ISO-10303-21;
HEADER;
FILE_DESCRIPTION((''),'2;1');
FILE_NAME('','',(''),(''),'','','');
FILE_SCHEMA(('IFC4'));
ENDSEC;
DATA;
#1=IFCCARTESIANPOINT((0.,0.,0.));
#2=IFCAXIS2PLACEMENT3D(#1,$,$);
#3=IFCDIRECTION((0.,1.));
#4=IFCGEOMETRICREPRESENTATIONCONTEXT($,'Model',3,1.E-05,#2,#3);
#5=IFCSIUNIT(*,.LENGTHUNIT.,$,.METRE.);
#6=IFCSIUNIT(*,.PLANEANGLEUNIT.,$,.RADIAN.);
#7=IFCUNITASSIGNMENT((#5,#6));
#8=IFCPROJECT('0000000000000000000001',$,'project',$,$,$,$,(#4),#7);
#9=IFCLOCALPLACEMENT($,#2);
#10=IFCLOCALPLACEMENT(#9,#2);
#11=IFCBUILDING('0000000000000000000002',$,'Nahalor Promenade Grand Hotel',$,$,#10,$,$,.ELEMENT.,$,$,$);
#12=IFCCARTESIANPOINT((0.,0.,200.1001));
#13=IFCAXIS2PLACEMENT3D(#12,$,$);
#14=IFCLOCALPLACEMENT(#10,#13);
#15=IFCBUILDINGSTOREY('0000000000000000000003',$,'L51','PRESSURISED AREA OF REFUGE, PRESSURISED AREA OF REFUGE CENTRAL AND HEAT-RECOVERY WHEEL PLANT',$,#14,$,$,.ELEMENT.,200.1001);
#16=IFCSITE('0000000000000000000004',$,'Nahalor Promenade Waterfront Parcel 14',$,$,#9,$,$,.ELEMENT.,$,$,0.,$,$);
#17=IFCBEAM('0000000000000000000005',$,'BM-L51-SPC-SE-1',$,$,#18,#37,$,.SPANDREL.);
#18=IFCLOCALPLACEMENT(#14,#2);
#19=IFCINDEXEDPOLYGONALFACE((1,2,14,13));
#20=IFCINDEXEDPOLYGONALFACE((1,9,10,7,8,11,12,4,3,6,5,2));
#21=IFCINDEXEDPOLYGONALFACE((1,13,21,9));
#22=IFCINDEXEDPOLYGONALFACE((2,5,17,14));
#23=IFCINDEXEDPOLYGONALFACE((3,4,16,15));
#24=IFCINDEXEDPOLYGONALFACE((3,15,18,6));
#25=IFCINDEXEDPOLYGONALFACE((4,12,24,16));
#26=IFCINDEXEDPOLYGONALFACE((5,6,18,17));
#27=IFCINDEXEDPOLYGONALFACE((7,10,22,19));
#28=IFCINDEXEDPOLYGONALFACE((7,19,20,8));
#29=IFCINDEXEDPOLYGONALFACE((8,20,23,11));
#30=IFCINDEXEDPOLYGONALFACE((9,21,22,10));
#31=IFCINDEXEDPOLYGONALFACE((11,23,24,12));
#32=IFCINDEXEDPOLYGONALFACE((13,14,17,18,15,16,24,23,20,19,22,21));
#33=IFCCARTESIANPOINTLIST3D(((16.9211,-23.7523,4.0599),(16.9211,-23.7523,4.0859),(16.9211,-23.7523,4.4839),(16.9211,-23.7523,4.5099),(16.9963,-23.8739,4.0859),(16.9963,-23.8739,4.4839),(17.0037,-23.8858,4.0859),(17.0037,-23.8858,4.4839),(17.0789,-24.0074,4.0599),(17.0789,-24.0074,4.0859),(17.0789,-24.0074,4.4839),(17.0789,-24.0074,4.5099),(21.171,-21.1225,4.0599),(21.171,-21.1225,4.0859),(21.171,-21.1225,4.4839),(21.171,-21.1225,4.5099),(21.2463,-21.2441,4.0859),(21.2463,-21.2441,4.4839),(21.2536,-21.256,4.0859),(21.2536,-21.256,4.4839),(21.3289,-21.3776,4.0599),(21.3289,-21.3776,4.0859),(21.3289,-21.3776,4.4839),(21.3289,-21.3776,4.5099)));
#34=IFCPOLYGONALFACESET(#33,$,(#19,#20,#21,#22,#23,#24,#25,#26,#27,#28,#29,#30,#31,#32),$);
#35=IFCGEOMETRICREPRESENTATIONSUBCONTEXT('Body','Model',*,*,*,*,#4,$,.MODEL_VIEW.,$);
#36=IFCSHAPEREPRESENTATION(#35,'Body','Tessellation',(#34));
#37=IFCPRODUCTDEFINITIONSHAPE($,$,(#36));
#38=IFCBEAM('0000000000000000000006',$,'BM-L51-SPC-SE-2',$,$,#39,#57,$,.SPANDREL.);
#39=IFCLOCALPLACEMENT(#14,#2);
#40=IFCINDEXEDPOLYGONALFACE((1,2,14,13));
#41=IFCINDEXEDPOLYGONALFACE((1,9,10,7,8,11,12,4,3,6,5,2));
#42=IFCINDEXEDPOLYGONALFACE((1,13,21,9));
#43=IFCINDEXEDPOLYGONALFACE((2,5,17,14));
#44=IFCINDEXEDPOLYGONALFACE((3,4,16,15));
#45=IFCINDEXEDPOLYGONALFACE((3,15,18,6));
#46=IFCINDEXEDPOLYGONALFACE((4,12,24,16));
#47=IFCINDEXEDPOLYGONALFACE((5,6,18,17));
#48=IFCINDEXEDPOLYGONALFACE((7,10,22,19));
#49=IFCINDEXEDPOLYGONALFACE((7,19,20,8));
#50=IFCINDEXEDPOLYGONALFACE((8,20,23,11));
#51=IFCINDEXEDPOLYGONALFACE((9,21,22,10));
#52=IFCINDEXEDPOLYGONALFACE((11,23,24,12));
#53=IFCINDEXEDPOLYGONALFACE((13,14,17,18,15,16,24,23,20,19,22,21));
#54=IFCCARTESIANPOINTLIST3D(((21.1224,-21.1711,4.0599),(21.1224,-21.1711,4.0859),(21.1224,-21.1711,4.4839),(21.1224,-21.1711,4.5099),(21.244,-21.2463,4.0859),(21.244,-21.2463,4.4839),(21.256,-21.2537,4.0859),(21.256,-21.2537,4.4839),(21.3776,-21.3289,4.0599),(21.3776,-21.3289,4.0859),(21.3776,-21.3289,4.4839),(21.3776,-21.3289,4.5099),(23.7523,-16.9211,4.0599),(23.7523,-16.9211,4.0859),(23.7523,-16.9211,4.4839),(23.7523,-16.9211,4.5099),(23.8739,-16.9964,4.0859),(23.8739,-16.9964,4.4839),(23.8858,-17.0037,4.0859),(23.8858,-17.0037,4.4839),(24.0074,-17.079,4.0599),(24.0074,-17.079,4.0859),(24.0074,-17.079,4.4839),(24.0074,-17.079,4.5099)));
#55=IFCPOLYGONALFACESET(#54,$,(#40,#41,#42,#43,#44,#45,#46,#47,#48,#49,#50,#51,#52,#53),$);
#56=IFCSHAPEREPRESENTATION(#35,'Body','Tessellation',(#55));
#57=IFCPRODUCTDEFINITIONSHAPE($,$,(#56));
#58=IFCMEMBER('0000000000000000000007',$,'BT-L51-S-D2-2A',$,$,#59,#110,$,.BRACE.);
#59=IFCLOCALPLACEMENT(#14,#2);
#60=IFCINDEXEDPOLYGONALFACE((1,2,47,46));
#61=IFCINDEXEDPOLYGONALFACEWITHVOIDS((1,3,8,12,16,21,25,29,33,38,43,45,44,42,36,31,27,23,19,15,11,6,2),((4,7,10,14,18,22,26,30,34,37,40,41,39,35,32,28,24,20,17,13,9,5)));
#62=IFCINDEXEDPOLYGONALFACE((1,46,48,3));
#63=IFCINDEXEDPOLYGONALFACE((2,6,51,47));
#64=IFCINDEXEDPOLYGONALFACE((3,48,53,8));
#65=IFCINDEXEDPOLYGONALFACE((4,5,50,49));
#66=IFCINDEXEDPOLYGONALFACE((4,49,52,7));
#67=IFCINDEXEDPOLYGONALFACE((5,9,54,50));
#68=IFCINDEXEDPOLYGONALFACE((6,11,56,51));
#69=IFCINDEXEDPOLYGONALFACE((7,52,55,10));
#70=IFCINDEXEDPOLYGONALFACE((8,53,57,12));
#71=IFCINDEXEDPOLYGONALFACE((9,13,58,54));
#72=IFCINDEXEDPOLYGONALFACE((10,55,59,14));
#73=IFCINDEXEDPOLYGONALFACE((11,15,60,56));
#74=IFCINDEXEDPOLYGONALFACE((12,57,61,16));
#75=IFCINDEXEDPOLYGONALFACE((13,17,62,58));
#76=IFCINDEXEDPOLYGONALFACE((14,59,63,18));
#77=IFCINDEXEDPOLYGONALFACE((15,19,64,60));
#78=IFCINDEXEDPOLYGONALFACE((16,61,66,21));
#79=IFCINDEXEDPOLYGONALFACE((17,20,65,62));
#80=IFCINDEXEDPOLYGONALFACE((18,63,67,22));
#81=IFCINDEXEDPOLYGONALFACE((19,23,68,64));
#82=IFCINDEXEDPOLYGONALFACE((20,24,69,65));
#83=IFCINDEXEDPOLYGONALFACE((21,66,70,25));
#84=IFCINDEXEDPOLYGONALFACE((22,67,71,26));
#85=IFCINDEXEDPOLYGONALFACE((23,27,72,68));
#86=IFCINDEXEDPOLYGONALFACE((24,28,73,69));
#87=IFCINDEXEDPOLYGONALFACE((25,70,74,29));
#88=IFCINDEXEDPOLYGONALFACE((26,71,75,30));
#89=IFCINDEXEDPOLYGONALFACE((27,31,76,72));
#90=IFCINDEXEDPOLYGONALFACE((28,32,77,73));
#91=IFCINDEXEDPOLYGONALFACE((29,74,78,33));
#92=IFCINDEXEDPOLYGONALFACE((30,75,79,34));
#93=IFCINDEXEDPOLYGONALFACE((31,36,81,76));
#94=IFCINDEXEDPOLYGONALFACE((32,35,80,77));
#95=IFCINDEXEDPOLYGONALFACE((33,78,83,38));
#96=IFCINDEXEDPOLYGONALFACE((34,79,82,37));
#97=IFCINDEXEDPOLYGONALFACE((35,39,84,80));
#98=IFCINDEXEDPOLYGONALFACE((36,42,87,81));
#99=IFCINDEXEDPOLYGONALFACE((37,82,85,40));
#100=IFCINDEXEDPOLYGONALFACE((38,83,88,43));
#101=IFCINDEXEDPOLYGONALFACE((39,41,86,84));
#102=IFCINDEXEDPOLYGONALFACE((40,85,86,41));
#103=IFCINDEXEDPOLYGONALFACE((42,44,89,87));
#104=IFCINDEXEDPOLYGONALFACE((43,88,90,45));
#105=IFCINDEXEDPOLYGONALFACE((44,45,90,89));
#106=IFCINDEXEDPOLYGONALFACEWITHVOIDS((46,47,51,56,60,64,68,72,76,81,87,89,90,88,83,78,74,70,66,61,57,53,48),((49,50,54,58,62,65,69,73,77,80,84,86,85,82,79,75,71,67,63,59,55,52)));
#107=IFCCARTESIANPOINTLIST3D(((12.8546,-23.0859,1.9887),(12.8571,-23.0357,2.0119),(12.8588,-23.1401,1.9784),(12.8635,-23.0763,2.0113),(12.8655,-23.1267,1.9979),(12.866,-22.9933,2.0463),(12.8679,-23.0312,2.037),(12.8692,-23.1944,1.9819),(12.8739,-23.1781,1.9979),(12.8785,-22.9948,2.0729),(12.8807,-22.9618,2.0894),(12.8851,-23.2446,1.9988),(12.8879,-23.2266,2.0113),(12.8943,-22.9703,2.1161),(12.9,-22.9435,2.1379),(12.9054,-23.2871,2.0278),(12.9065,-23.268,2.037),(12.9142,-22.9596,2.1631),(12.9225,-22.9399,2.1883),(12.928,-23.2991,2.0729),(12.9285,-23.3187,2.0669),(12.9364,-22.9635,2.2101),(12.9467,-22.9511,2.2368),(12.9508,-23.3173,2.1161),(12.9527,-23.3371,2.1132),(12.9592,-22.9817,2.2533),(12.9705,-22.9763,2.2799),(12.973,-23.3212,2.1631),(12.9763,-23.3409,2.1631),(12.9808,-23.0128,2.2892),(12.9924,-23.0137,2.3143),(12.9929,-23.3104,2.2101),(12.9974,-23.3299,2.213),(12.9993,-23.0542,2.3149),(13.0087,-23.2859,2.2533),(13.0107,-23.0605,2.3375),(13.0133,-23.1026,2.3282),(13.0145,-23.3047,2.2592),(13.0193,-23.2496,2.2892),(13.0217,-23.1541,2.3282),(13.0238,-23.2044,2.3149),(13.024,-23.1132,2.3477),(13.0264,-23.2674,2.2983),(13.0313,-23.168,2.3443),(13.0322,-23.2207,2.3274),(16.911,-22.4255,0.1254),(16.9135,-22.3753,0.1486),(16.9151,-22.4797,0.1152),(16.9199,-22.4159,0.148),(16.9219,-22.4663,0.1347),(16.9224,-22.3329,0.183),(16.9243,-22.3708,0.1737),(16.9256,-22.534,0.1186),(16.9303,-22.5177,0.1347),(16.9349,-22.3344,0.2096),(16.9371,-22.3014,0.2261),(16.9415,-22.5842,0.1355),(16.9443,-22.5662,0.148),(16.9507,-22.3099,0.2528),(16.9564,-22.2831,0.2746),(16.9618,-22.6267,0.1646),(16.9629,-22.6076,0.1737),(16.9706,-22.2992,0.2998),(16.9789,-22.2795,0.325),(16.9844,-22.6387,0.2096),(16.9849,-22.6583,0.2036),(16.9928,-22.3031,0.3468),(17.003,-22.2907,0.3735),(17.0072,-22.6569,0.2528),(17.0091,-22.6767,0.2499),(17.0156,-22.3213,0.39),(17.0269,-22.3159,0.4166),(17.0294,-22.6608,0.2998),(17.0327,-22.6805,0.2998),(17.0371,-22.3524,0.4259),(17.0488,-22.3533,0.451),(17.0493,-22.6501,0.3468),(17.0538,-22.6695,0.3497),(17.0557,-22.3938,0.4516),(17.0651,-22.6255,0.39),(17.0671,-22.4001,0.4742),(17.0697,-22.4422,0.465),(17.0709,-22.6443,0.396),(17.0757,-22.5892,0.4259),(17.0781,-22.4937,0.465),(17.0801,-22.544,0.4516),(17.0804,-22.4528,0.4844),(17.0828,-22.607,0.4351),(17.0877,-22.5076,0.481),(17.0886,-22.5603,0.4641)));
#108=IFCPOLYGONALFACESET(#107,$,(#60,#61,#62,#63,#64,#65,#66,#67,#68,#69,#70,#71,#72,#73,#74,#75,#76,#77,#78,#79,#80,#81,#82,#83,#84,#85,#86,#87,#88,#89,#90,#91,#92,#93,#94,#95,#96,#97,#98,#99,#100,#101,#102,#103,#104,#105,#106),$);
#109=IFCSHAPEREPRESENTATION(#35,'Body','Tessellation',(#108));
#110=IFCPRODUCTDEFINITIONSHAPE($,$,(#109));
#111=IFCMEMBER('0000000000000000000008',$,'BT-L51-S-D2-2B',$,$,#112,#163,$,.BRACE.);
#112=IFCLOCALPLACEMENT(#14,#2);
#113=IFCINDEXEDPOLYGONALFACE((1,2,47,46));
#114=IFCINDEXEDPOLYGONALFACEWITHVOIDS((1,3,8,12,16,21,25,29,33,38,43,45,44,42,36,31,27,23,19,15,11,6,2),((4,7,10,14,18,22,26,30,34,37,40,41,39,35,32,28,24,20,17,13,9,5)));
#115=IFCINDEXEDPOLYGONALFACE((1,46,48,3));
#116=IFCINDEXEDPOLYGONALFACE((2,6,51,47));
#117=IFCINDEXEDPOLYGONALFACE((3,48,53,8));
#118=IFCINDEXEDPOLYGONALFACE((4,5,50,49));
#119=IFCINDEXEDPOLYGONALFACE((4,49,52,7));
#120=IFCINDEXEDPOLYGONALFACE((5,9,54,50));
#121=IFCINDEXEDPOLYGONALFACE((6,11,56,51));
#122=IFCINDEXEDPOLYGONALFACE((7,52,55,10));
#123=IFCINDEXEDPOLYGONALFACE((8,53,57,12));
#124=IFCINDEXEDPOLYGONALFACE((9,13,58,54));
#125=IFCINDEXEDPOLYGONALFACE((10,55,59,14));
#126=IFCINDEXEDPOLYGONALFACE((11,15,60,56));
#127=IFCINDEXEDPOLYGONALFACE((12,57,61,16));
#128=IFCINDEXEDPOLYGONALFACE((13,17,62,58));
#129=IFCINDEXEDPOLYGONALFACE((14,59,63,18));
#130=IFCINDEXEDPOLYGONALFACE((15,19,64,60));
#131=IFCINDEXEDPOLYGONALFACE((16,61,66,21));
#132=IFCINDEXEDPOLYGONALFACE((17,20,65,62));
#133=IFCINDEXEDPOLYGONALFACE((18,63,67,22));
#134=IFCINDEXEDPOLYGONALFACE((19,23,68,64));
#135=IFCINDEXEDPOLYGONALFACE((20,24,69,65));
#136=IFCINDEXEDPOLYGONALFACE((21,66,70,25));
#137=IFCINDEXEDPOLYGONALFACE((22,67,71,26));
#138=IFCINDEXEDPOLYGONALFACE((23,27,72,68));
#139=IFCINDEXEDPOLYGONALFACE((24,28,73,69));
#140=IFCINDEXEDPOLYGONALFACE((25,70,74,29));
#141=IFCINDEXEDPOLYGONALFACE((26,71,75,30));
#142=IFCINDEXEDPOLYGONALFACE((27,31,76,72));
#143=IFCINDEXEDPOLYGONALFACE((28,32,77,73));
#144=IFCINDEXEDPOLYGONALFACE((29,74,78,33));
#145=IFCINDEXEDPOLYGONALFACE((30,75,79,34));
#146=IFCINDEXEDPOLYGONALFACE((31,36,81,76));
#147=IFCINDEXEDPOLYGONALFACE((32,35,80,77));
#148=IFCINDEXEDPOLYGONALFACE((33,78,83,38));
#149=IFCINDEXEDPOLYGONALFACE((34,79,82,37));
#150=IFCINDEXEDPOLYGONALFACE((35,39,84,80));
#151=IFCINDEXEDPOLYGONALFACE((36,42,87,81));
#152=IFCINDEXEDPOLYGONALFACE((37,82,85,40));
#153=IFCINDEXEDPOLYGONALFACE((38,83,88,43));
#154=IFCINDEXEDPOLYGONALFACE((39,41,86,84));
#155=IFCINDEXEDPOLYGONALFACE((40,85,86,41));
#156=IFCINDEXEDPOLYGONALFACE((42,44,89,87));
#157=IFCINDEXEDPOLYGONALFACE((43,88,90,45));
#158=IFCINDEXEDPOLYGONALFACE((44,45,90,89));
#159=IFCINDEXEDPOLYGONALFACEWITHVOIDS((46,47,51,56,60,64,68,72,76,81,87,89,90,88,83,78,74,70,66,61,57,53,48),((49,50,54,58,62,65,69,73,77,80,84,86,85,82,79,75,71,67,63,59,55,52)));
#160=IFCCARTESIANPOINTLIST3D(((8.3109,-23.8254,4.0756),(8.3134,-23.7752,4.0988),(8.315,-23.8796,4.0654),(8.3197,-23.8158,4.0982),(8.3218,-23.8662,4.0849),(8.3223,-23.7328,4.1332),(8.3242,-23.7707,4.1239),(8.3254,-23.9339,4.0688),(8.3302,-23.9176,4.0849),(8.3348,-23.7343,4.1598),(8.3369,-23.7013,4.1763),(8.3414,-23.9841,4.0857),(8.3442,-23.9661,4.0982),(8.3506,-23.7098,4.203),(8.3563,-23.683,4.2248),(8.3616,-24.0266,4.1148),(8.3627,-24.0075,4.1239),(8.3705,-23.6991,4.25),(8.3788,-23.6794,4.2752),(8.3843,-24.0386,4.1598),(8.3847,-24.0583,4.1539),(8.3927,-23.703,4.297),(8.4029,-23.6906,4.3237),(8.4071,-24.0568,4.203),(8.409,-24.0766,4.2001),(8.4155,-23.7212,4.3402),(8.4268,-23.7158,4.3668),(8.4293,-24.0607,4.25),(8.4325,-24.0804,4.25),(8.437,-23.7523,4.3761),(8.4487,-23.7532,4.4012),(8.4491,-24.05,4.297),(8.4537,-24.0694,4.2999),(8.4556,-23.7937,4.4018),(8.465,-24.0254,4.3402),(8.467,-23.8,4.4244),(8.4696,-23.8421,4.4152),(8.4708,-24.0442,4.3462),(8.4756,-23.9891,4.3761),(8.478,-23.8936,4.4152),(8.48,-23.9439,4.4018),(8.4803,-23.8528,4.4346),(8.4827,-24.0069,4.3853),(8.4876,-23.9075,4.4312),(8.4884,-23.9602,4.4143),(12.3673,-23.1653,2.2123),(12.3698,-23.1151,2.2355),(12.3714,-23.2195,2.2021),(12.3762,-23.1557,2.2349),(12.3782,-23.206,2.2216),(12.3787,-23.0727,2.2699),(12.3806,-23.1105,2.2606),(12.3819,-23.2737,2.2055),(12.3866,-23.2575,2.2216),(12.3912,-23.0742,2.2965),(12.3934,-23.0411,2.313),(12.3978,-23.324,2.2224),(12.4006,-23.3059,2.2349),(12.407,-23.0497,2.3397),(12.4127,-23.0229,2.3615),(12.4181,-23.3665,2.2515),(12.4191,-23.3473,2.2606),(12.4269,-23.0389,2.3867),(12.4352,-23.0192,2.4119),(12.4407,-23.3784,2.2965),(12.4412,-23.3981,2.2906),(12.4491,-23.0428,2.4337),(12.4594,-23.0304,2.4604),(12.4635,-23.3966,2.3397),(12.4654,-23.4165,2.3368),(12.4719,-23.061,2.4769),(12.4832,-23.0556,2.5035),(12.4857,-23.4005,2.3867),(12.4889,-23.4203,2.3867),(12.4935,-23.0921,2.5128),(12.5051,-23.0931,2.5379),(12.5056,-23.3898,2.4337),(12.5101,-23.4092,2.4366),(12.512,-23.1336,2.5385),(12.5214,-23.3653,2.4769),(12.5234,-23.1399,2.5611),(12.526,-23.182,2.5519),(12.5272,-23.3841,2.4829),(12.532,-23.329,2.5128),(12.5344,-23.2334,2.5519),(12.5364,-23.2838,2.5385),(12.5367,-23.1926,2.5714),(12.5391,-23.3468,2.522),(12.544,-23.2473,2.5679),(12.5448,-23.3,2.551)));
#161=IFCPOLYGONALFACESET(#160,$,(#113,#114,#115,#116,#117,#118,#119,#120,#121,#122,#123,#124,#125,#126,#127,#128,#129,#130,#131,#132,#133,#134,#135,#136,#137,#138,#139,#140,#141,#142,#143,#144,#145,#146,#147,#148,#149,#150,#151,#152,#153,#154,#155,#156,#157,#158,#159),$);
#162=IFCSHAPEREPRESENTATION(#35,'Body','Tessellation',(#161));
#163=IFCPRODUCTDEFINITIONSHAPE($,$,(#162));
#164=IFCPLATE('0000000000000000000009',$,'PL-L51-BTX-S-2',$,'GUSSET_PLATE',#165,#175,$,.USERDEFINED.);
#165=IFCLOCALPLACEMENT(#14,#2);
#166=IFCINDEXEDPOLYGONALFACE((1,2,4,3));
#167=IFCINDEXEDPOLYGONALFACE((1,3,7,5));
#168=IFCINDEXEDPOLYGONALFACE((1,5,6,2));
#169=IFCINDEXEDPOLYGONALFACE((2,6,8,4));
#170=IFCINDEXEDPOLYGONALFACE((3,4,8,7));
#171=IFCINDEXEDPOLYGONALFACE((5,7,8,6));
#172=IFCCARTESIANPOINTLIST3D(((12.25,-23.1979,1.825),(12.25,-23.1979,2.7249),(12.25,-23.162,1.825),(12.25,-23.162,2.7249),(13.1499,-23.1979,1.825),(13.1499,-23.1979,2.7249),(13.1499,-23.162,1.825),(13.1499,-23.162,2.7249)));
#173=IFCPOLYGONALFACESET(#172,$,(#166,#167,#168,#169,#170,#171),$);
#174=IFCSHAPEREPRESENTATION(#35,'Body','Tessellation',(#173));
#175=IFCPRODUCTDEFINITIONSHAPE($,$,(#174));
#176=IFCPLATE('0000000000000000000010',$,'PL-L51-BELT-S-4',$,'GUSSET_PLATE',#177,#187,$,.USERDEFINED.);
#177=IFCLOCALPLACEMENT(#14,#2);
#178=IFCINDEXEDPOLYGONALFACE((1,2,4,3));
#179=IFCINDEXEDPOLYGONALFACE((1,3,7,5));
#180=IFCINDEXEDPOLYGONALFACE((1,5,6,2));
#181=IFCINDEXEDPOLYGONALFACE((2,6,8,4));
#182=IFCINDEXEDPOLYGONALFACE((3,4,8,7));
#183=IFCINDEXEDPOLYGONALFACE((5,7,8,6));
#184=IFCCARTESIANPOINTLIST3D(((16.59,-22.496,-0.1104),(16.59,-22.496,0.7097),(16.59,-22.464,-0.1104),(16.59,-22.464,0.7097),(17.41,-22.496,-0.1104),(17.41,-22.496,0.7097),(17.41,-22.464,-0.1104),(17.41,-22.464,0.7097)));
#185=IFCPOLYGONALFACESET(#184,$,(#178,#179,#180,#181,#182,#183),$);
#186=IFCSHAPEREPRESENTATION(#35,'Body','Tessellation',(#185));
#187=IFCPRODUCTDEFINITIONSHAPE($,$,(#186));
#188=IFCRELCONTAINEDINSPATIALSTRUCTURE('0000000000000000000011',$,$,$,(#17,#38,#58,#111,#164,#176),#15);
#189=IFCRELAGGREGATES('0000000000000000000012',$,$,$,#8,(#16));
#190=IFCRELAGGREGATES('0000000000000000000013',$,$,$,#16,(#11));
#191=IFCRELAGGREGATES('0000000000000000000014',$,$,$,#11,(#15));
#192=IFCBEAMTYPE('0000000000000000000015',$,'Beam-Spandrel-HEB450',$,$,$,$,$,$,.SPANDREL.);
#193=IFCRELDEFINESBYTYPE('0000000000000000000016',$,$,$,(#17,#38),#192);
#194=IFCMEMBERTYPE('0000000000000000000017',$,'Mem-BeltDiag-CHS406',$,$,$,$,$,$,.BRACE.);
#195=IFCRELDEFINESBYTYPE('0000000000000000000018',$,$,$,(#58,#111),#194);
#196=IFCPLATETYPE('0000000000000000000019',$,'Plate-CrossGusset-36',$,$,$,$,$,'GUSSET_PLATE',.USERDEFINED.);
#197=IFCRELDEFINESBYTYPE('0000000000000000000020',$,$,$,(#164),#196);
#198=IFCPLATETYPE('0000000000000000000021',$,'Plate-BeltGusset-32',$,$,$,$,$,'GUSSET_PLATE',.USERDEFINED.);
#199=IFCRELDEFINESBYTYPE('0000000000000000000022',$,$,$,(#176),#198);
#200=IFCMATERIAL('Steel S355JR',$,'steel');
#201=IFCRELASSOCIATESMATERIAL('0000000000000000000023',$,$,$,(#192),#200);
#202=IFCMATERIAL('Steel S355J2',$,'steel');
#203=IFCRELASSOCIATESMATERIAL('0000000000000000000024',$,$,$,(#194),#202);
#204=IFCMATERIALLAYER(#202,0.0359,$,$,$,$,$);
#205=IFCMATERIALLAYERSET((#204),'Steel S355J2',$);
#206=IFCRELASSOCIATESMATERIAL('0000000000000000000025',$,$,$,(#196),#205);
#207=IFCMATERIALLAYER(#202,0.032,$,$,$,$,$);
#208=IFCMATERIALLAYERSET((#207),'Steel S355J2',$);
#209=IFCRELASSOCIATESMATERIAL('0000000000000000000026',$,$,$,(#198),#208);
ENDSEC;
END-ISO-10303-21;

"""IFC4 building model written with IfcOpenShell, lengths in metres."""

from ifc_helpers import new_model, si_unit, direction, frame, origin, origin_2d, place, context, subcontext, project, spatial, rectangle, hollow_circle, i_section, extrude, source, transform, mapped, material, layer, layer_set, material_profile, profile_set, type_object, element, save


model = new_model("IFC4")

# Units and contexts
model_context = context("Model", 3, precision=1e-05, world=origin(), true_north=direction((0.0, 1.0)))
body_context = subcontext(model_context, "Body", "Model", "MODEL_VIEW")
ifc_project = project(units=[si_unit("LENGTHUNIT", "METRE"), si_unit("PLANEANGLEUNIT", "RADIAN")], contexts=[model_context])

# Site, building, storey
site_placement = place(None, origin())
site = spatial("IfcSite", under=ifc_project, at=site_placement, Name="Nahalor Promenade Waterfront Parcel 14", CompositionType="ELEMENT", RefElevation=0.0)
building_placement = place(site_placement, origin())
building = spatial("IfcBuilding", under=site, at=building_placement, Name="Nahalor Promenade Grand Hotel", CompositionType="ELEMENT")
storey_placement = place(building_placement, frame((0.0, 0.0, 200.1001)))
storey = spatial("IfcBuildingStorey", under=building, at=storey_placement, Name="L51", Description="PRESSURISED AREA OF REFUGE, PRESSURISED AREA OF REFUGE CENTRAL AND HEAT-RECOVERY WHEEL PLANT", CompositionType="ELEMENT", Elevation=200.1001)

# Shared definitions
ifc_material_1 = material(Name="Steel S355J2", Category="steel")

# Beams
ifc_material_2 = material(Name="Steel S355JR", Category="steel")
ifc_material_profile_1 = material_profile(ifc_material_2, i_section(OverallWidth=0.3, OverallDepth=0.45, WebThickness=0.014, FlangeThickness=0.026, at=origin_2d()), Name="HEB 450")
ifc_profile_set_1 = profile_set([ifc_material_profile_1], Name="Steel S355JR")
beam_type_1 = type_object("IfcBeamType", Name="Beam-Spandrel-HEB450", PredefinedType="SPANDREL", material=ifc_profile_set_1)
shared_shape_1 = source(origin(), body_context, "Body", "SweptSolid", [
    extrude(i_section(OverallWidth=0.3, OverallDepth=0.45, WebThickness=0.014, FlangeThickness=0.026, at=origin_2d()), origin(), (0.0, 0.0, 1.0), 4.9978),
])
for number, where, z_axis, x_axis, name in (
    (1, (17.0, -23.8799, 4.2849), (0.850361, 0.5262, 0.0), (-0.5262, 0.850361, 0.0), "BM-L51-SPC-SE-1"),
    (2, (21.25, -21.25, 4.2849), (0.5262, 0.850361, 0.0), (-0.850361, 0.5262, 0.0), "BM-L51-SPC-SE-2"),
):
    element("IfcBeam", number, at=place(storey_placement, frame(where, z_axis=z_axis, x_axis=x_axis)), inside=storey, type_object=beam_type_1, Name=name, PredefinedType="SPANDREL", context=body_context, shape_type="MappedRepresentation", body=[
        mapped(shared_shape_1, transform((0.0, 0.0, 0.0), scale=1.0)),
    ])

# Members
ifc_material_profile_2 = material_profile(ifc_material_1, hollow_circle(Radius=0.2032, WallThickness=0.02, at=origin_2d()), Name="CHS 406.4x20")
ifc_profile_set_2 = profile_set([ifc_material_profile_2], Name="Steel S355J2")
member_type = type_object("IfcMemberType", Name="Mem-BeltDiag-CHS406", PredefinedType="BRACE", material=ifc_profile_set_2)
shared_shape_2 = source(origin(), body_context, "Body", "SweptSolid", [
    extrude(hollow_circle(Radius=0.2032, WallThickness=0.02, at=origin_2d()), origin(), (0.0, 0.0, 1.0), 4.5125),
])
for number, where, z_axis, x_axis, name in (
    (3, (17.0, -22.48, 0.2998), (-0.898932, -0.14635, 0.412919), (0.160689, -0.987005, 0.0), "BT-L51-S-D2-2A"),
    (4, (12.4563, -23.2197, 2.3867), (-0.898939, -0.146297, 0.412922), (0.160631, -0.987014, 0.0), "BT-L51-S-D2-2B"),
):
    element("IfcMember", number, at=place(storey_placement, frame(where, z_axis=z_axis, x_axis=x_axis)), inside=storey, type_object=member_type, Name=name, PredefinedType="BRACE", context=body_context, shape_type="MappedRepresentation", body=[
        mapped(shared_shape_2, transform((0.0, 0.0, 0.0), scale=1.0)),
    ])

# Plates
ifc_layer_1 = layer(ifc_material_1, 0.0359)
ifc_layer_set_1 = layer_set([ifc_layer_1], Name="Steel S355J2")
plate_type_1 = type_object("IfcPlateType", Name="Plate-CrossGusset-36", ElementType="GUSSET_PLATE", PredefinedType="USERDEFINED", material=ifc_layer_set_1)
shared_shape_3 = source(origin(), body_context, "Body", "SweptSolid", [
    extrude(rectangle(XDim=0.8999, YDim=0.0359, at=origin_2d()), origin(), (0.0, 0.0, 1.0), 0.8999),
])
plate_1_placement = place(storey_placement, frame((12.7, -23.1799, 1.825), z_axis=(0.0, 0.0, 1.0), x_axis=(1.0, 0.0, 0.0)))
element("IfcPlate", 5, at=plate_1_placement, inside=storey, type_object=plate_type_1, Name="PL-L51-BTX-S-2", ObjectType="GUSSET_PLATE", PredefinedType="USERDEFINED", context=body_context, shape_type="MappedRepresentation", body=[
    mapped(shared_shape_3, transform((0.0, 0.0, 0.0), scale=1.0)),
])
ifc_layer_2 = layer(ifc_material_1, 0.032)
ifc_layer_set_2 = layer_set([ifc_layer_2], Name="Steel S355J2")
plate_type_2 = type_object("IfcPlateType", Name="Plate-BeltGusset-32", ElementType="GUSSET_PLATE", PredefinedType="USERDEFINED", material=ifc_layer_set_2)
shared_shape_4 = source(origin(), body_context, "Body", "SweptSolid", [
    extrude(rectangle(XDim=0.8201, YDim=0.032, at=origin_2d()), origin(), (0.0, 0.0, 1.0), 0.8201),
])
plate_2_placement = place(storey_placement, frame((17.0, -22.48, -0.1104), z_axis=(0.0, 0.0, 1.0), x_axis=(1.0, 0.0, 0.0)))
element("IfcPlate", 6, at=plate_2_placement, inside=storey, type_object=plate_type_2, Name="PL-L51-BELT-S-4", ObjectType="GUSSET_PLATE", PredefinedType="USERDEFINED", context=body_context, shape_type="MappedRepresentation", body=[
    mapped(shared_shape_4, transform((0.0, 0.0, 0.0), scale=1.0)),
])

save(model, "model.ifc")
